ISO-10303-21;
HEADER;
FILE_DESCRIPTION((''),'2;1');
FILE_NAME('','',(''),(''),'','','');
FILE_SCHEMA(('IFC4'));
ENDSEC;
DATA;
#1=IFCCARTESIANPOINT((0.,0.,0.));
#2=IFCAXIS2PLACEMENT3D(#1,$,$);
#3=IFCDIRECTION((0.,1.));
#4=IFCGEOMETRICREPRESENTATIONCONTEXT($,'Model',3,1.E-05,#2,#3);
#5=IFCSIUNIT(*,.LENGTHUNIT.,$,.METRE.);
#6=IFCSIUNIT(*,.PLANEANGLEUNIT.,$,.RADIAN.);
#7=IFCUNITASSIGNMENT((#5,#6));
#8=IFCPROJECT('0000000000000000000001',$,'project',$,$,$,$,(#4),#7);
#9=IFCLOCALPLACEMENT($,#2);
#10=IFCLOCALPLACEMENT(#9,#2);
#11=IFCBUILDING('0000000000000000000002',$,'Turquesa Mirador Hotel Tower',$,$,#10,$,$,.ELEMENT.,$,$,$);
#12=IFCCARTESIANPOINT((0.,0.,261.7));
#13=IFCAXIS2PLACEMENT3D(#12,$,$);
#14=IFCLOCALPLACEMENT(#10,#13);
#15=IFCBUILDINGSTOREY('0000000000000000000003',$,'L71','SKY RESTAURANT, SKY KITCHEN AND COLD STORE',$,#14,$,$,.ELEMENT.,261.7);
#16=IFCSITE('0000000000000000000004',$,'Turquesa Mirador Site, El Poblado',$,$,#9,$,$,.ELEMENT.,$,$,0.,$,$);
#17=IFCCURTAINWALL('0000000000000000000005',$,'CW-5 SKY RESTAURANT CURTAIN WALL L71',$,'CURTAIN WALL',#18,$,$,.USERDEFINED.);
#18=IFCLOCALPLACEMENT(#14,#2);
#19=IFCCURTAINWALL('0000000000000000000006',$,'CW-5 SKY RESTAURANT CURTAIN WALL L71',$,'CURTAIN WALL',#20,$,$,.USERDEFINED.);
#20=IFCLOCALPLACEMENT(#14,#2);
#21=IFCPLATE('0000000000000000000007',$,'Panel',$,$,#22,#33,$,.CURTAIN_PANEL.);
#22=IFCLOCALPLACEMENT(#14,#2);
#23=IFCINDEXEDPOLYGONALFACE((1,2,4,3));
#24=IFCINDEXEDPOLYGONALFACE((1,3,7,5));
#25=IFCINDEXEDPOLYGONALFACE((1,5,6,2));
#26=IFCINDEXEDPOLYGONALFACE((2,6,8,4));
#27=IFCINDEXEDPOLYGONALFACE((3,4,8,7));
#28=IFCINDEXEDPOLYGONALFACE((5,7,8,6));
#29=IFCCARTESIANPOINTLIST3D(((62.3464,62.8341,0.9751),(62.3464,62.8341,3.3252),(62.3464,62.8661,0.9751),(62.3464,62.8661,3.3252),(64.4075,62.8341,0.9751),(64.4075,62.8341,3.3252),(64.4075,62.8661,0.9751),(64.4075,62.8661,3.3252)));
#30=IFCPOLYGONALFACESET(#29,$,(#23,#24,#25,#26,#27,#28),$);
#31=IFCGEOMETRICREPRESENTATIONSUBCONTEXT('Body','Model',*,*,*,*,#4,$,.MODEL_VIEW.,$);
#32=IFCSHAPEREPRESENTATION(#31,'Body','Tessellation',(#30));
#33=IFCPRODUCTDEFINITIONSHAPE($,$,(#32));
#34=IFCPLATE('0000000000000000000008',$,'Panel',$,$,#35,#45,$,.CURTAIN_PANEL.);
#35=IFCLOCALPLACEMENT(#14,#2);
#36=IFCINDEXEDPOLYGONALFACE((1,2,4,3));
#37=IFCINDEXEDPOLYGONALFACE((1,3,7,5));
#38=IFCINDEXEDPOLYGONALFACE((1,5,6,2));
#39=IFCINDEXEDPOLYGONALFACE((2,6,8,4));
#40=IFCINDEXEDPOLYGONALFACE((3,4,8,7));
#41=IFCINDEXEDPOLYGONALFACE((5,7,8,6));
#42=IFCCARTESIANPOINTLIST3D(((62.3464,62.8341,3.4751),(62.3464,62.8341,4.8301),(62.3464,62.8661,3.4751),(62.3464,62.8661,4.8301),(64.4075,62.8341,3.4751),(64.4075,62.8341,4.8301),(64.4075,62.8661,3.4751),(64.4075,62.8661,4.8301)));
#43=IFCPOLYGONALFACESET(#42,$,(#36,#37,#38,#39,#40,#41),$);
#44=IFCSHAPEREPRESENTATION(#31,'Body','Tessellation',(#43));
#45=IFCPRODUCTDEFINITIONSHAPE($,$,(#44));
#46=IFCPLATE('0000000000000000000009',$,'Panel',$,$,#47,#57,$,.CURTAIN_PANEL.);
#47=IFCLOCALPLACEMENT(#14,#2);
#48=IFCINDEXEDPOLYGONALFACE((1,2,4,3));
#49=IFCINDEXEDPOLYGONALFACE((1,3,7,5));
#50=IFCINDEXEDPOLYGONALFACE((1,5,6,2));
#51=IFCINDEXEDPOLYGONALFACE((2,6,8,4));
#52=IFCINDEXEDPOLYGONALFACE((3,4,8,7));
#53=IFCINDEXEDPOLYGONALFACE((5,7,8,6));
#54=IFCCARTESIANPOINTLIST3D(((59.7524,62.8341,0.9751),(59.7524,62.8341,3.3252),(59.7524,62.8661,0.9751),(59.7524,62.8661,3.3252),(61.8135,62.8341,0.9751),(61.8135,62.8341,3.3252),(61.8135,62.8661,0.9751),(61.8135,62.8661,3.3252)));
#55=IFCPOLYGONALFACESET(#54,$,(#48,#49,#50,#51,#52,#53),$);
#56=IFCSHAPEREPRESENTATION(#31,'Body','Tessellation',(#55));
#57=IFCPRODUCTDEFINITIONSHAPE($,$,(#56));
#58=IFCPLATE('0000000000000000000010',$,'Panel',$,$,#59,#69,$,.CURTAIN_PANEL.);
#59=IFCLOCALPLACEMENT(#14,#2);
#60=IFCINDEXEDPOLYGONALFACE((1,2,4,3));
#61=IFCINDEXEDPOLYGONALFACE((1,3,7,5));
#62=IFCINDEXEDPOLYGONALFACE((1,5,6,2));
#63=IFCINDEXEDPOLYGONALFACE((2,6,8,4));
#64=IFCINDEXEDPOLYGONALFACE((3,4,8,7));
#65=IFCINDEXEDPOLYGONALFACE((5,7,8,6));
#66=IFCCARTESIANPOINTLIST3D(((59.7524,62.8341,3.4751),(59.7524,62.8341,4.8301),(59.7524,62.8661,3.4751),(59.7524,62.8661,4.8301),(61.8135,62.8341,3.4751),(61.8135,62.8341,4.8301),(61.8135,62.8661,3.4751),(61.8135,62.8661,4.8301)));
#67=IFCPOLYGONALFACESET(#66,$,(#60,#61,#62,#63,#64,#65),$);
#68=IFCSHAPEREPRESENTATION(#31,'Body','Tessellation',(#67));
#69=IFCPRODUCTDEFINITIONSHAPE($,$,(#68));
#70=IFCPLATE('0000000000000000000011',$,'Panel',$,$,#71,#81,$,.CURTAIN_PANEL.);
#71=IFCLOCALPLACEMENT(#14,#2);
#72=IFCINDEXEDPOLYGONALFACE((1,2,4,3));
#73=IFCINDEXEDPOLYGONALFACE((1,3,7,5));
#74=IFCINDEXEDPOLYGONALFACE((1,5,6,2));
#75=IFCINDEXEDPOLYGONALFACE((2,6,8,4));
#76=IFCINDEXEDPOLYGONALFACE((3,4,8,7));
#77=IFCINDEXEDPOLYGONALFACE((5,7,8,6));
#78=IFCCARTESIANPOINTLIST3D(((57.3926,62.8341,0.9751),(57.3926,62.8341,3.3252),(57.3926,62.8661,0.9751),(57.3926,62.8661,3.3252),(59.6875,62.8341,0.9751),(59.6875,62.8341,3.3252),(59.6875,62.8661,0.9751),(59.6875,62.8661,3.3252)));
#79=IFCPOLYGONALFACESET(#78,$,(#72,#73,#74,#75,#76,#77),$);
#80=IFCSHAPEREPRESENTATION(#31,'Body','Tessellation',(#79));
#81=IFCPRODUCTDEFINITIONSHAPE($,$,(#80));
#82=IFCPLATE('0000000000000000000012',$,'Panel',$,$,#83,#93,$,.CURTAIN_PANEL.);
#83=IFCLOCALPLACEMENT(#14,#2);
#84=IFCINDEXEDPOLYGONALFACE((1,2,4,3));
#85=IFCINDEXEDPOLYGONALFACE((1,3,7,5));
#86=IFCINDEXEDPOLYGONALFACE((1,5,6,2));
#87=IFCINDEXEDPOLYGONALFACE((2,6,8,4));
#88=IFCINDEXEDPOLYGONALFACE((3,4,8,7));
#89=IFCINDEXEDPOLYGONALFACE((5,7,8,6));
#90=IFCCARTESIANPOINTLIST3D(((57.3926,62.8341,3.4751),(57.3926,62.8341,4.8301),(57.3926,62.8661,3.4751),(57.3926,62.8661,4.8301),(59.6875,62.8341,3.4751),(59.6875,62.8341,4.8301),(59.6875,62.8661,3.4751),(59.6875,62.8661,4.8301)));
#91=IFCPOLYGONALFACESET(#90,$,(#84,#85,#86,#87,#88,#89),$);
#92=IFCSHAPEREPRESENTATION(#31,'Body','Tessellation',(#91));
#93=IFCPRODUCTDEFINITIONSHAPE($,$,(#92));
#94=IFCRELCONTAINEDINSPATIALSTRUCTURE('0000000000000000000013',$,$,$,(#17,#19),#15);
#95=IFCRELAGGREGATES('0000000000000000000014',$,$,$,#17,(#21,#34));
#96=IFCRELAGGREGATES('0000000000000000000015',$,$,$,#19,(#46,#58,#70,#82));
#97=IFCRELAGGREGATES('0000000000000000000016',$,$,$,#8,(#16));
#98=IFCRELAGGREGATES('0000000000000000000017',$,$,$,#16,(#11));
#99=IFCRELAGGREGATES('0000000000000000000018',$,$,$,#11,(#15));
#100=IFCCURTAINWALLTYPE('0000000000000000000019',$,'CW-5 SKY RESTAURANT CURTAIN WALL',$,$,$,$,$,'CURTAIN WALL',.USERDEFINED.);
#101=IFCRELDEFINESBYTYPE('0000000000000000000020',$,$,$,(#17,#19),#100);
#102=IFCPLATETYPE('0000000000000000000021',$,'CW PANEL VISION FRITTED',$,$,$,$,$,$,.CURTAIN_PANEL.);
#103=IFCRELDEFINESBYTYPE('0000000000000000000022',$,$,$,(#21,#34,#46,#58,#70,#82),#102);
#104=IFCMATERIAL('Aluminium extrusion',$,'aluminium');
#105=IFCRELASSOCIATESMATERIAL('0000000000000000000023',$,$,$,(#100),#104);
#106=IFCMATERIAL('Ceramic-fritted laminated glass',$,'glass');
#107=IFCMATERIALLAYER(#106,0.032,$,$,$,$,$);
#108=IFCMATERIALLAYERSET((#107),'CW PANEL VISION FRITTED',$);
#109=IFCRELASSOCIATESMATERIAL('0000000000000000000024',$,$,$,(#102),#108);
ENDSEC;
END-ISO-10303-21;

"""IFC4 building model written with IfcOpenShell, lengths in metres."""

from ifc_helpers import new_model, si_unit, direction, frame, origin, origin_2d, place, context, subcontext, project, spatial, rectangle, extrude, material, layer, layer_set, type_object, element, aggregate, save


model = new_model("IFC4")

# Units and contexts
model_context = context("Model", 3, precision=1e-05, world=origin(), true_north=direction((0.0, 1.0)))
body_context = subcontext(model_context, "Body", "Model", "MODEL_VIEW")
ifc_project = project(units=[si_unit("LENGTHUNIT", "METRE"), si_unit("PLANEANGLEUNIT", "RADIAN")], contexts=[model_context])

# Site, building, storey
site_placement = place(None, origin())
site = spatial("IfcSite", under=ifc_project, at=site_placement, Name="Turquesa Mirador Site, El Poblado", CompositionType="ELEMENT", RefElevation=0.0)
building_placement = place(site_placement, origin())
building = spatial("IfcBuilding", under=site, at=building_placement, Name="Turquesa Mirador Hotel Tower", CompositionType="ELEMENT")
storey_placement = place(building_placement, frame((0.0, 0.0, 261.7)))
storey = spatial("IfcBuildingStorey", under=building, at=storey_placement, Name="L71", Description="SKY RESTAURANT, SKY KITCHEN AND COLD STORE", CompositionType="ELEMENT", Elevation=261.7)

# Curtain walls
ifc_material_1 = material(Name="Aluminium extrusion", Category="aluminium")
curtain_wall_type = type_object("IfcCurtainWallType", Name="CW-5 SKY RESTAURANT CURTAIN WALL", ElementType="CURTAIN WALL", PredefinedType="USERDEFINED", material=ifc_material_1)
curtain_wall_1_placement = place(storey_placement, origin())
curtain_wall_1 = element("IfcCurtainWall", 1, at=curtain_wall_1_placement, inside=storey, type_object=curtain_wall_type, Name="CW-5 SKY RESTAURANT CURTAIN WALL L71", ObjectType="CURTAIN WALL", PredefinedType="USERDEFINED")
curtain_wall_2_placement = place(storey_placement, origin())
curtain_wall_2 = element("IfcCurtainWall", 2, at=curtain_wall_2_placement, inside=storey, type_object=curtain_wall_type, Name="CW-5 SKY RESTAURANT CURTAIN WALL L71", ObjectType="CURTAIN WALL", PredefinedType="USERDEFINED")

# Plates
ifc_material_2 = material(Name="Ceramic-fritted laminated glass", Category="glass")
ifc_layer_1 = layer(ifc_material_2, 0.032)
ifc_layer_set_1 = layer_set([ifc_layer_1], Name="CW PANEL VISION FRITTED")
plate_type_1 = type_object("IfcPlateType", Name="CW PANEL VISION FRITTED", PredefinedType="CURTAIN_PANEL", material=ifc_layer_set_1)
plate_1_placement = place(storey_placement, frame((63.377, 62.8501, 0.9751), z_axis=(0.0, 0.0, 1.0), x_axis=(-1.0, 0.0, 0.0)))
plate_1 = element("IfcPlate", 3, at=plate_1_placement, type_object=plate_type_1, Name="Panel", PredefinedType="CURTAIN_PANEL", context=body_context, shape_type="SweptSolid", body=[
    extrude(rectangle(XDim=2.061, YDim=0.032, at=origin_2d()), origin(), (0.0, 0.0, 1.0), 2.3501),
])
plate_2_placement = place(storey_placement, frame((63.377, 62.8501, 3.4751), z_axis=(0.0, 0.0, 1.0), x_axis=(-1.0, 0.0, 0.0)))
plate_2 = element("IfcPlate", 4, at=plate_2_placement, type_object=plate_type_1, Name="Panel", PredefinedType="CURTAIN_PANEL", context=body_context, shape_type="SweptSolid", body=[
    extrude(rectangle(XDim=2.061, YDim=0.032, at=origin_2d()), origin(), (0.0, 0.0, 1.0), 1.355),
])
aggregate(curtain_wall_1, [plate_1, plate_2])
plate_3_placement = place(storey_placement, frame((60.783, 62.8501, 0.9751), z_axis=(0.0, 0.0, 1.0), x_axis=(-1.0, 0.0, 0.0)))
plate_3 = element("IfcPlate", 5, at=plate_3_placement, type_object=plate_type_1, Name="Panel", PredefinedType="CURTAIN_PANEL", context=body_context, shape_type="SweptSolid", body=[
    extrude(rectangle(XDim=2.061, YDim=0.032, at=origin_2d()), origin(), (0.0, 0.0, 1.0), 2.3501),
])
plate_4_placement = place(storey_placement, frame((60.783, 62.8501, 3.4751), z_axis=(0.0, 0.0, 1.0), x_axis=(-1.0, 0.0, 0.0)))
plate_4 = element("IfcPlate", 6, at=plate_4_placement, type_object=plate_type_1, Name="Panel", PredefinedType="CURTAIN_PANEL", context=body_context, shape_type="SweptSolid", body=[
    extrude(rectangle(XDim=2.061, YDim=0.032, at=origin_2d()), origin(), (0.0, 0.0, 1.0), 1.355),
])
plate_5_placement = place(storey_placement, frame((58.54, 62.8501, 0.9751), z_axis=(0.0, 0.0, 1.0), x_axis=(-1.0, 0.0, 0.0)))
plate_5 = element("IfcPlate", 7, at=plate_5_placement, type_object=plate_type_1, Name="Panel", PredefinedType="CURTAIN_PANEL", context=body_context, shape_type="SweptSolid", body=[
    extrude(rectangle(XDim=2.2949, YDim=0.032, at=origin_2d()), origin(), (0.0, 0.0, 1.0), 2.3501),
])
plate_6_placement = place(storey_placement, frame((58.54, 62.8501, 3.4751), z_axis=(0.0, 0.0, 1.0), x_axis=(-1.0, 0.0, 0.0)))
plate_6 = element("IfcPlate", 8, at=plate_6_placement, type_object=plate_type_1, Name="Panel", PredefinedType="CURTAIN_PANEL", context=body_context, shape_type="SweptSolid", body=[
    extrude(rectangle(XDim=2.2949, YDim=0.032, at=origin_2d()), origin(), (0.0, 0.0, 1.0), 1.355),
])
aggregate(curtain_wall_2, [plate_3, plate_4, plate_5, plate_6])

save(model, "model.ifc")
